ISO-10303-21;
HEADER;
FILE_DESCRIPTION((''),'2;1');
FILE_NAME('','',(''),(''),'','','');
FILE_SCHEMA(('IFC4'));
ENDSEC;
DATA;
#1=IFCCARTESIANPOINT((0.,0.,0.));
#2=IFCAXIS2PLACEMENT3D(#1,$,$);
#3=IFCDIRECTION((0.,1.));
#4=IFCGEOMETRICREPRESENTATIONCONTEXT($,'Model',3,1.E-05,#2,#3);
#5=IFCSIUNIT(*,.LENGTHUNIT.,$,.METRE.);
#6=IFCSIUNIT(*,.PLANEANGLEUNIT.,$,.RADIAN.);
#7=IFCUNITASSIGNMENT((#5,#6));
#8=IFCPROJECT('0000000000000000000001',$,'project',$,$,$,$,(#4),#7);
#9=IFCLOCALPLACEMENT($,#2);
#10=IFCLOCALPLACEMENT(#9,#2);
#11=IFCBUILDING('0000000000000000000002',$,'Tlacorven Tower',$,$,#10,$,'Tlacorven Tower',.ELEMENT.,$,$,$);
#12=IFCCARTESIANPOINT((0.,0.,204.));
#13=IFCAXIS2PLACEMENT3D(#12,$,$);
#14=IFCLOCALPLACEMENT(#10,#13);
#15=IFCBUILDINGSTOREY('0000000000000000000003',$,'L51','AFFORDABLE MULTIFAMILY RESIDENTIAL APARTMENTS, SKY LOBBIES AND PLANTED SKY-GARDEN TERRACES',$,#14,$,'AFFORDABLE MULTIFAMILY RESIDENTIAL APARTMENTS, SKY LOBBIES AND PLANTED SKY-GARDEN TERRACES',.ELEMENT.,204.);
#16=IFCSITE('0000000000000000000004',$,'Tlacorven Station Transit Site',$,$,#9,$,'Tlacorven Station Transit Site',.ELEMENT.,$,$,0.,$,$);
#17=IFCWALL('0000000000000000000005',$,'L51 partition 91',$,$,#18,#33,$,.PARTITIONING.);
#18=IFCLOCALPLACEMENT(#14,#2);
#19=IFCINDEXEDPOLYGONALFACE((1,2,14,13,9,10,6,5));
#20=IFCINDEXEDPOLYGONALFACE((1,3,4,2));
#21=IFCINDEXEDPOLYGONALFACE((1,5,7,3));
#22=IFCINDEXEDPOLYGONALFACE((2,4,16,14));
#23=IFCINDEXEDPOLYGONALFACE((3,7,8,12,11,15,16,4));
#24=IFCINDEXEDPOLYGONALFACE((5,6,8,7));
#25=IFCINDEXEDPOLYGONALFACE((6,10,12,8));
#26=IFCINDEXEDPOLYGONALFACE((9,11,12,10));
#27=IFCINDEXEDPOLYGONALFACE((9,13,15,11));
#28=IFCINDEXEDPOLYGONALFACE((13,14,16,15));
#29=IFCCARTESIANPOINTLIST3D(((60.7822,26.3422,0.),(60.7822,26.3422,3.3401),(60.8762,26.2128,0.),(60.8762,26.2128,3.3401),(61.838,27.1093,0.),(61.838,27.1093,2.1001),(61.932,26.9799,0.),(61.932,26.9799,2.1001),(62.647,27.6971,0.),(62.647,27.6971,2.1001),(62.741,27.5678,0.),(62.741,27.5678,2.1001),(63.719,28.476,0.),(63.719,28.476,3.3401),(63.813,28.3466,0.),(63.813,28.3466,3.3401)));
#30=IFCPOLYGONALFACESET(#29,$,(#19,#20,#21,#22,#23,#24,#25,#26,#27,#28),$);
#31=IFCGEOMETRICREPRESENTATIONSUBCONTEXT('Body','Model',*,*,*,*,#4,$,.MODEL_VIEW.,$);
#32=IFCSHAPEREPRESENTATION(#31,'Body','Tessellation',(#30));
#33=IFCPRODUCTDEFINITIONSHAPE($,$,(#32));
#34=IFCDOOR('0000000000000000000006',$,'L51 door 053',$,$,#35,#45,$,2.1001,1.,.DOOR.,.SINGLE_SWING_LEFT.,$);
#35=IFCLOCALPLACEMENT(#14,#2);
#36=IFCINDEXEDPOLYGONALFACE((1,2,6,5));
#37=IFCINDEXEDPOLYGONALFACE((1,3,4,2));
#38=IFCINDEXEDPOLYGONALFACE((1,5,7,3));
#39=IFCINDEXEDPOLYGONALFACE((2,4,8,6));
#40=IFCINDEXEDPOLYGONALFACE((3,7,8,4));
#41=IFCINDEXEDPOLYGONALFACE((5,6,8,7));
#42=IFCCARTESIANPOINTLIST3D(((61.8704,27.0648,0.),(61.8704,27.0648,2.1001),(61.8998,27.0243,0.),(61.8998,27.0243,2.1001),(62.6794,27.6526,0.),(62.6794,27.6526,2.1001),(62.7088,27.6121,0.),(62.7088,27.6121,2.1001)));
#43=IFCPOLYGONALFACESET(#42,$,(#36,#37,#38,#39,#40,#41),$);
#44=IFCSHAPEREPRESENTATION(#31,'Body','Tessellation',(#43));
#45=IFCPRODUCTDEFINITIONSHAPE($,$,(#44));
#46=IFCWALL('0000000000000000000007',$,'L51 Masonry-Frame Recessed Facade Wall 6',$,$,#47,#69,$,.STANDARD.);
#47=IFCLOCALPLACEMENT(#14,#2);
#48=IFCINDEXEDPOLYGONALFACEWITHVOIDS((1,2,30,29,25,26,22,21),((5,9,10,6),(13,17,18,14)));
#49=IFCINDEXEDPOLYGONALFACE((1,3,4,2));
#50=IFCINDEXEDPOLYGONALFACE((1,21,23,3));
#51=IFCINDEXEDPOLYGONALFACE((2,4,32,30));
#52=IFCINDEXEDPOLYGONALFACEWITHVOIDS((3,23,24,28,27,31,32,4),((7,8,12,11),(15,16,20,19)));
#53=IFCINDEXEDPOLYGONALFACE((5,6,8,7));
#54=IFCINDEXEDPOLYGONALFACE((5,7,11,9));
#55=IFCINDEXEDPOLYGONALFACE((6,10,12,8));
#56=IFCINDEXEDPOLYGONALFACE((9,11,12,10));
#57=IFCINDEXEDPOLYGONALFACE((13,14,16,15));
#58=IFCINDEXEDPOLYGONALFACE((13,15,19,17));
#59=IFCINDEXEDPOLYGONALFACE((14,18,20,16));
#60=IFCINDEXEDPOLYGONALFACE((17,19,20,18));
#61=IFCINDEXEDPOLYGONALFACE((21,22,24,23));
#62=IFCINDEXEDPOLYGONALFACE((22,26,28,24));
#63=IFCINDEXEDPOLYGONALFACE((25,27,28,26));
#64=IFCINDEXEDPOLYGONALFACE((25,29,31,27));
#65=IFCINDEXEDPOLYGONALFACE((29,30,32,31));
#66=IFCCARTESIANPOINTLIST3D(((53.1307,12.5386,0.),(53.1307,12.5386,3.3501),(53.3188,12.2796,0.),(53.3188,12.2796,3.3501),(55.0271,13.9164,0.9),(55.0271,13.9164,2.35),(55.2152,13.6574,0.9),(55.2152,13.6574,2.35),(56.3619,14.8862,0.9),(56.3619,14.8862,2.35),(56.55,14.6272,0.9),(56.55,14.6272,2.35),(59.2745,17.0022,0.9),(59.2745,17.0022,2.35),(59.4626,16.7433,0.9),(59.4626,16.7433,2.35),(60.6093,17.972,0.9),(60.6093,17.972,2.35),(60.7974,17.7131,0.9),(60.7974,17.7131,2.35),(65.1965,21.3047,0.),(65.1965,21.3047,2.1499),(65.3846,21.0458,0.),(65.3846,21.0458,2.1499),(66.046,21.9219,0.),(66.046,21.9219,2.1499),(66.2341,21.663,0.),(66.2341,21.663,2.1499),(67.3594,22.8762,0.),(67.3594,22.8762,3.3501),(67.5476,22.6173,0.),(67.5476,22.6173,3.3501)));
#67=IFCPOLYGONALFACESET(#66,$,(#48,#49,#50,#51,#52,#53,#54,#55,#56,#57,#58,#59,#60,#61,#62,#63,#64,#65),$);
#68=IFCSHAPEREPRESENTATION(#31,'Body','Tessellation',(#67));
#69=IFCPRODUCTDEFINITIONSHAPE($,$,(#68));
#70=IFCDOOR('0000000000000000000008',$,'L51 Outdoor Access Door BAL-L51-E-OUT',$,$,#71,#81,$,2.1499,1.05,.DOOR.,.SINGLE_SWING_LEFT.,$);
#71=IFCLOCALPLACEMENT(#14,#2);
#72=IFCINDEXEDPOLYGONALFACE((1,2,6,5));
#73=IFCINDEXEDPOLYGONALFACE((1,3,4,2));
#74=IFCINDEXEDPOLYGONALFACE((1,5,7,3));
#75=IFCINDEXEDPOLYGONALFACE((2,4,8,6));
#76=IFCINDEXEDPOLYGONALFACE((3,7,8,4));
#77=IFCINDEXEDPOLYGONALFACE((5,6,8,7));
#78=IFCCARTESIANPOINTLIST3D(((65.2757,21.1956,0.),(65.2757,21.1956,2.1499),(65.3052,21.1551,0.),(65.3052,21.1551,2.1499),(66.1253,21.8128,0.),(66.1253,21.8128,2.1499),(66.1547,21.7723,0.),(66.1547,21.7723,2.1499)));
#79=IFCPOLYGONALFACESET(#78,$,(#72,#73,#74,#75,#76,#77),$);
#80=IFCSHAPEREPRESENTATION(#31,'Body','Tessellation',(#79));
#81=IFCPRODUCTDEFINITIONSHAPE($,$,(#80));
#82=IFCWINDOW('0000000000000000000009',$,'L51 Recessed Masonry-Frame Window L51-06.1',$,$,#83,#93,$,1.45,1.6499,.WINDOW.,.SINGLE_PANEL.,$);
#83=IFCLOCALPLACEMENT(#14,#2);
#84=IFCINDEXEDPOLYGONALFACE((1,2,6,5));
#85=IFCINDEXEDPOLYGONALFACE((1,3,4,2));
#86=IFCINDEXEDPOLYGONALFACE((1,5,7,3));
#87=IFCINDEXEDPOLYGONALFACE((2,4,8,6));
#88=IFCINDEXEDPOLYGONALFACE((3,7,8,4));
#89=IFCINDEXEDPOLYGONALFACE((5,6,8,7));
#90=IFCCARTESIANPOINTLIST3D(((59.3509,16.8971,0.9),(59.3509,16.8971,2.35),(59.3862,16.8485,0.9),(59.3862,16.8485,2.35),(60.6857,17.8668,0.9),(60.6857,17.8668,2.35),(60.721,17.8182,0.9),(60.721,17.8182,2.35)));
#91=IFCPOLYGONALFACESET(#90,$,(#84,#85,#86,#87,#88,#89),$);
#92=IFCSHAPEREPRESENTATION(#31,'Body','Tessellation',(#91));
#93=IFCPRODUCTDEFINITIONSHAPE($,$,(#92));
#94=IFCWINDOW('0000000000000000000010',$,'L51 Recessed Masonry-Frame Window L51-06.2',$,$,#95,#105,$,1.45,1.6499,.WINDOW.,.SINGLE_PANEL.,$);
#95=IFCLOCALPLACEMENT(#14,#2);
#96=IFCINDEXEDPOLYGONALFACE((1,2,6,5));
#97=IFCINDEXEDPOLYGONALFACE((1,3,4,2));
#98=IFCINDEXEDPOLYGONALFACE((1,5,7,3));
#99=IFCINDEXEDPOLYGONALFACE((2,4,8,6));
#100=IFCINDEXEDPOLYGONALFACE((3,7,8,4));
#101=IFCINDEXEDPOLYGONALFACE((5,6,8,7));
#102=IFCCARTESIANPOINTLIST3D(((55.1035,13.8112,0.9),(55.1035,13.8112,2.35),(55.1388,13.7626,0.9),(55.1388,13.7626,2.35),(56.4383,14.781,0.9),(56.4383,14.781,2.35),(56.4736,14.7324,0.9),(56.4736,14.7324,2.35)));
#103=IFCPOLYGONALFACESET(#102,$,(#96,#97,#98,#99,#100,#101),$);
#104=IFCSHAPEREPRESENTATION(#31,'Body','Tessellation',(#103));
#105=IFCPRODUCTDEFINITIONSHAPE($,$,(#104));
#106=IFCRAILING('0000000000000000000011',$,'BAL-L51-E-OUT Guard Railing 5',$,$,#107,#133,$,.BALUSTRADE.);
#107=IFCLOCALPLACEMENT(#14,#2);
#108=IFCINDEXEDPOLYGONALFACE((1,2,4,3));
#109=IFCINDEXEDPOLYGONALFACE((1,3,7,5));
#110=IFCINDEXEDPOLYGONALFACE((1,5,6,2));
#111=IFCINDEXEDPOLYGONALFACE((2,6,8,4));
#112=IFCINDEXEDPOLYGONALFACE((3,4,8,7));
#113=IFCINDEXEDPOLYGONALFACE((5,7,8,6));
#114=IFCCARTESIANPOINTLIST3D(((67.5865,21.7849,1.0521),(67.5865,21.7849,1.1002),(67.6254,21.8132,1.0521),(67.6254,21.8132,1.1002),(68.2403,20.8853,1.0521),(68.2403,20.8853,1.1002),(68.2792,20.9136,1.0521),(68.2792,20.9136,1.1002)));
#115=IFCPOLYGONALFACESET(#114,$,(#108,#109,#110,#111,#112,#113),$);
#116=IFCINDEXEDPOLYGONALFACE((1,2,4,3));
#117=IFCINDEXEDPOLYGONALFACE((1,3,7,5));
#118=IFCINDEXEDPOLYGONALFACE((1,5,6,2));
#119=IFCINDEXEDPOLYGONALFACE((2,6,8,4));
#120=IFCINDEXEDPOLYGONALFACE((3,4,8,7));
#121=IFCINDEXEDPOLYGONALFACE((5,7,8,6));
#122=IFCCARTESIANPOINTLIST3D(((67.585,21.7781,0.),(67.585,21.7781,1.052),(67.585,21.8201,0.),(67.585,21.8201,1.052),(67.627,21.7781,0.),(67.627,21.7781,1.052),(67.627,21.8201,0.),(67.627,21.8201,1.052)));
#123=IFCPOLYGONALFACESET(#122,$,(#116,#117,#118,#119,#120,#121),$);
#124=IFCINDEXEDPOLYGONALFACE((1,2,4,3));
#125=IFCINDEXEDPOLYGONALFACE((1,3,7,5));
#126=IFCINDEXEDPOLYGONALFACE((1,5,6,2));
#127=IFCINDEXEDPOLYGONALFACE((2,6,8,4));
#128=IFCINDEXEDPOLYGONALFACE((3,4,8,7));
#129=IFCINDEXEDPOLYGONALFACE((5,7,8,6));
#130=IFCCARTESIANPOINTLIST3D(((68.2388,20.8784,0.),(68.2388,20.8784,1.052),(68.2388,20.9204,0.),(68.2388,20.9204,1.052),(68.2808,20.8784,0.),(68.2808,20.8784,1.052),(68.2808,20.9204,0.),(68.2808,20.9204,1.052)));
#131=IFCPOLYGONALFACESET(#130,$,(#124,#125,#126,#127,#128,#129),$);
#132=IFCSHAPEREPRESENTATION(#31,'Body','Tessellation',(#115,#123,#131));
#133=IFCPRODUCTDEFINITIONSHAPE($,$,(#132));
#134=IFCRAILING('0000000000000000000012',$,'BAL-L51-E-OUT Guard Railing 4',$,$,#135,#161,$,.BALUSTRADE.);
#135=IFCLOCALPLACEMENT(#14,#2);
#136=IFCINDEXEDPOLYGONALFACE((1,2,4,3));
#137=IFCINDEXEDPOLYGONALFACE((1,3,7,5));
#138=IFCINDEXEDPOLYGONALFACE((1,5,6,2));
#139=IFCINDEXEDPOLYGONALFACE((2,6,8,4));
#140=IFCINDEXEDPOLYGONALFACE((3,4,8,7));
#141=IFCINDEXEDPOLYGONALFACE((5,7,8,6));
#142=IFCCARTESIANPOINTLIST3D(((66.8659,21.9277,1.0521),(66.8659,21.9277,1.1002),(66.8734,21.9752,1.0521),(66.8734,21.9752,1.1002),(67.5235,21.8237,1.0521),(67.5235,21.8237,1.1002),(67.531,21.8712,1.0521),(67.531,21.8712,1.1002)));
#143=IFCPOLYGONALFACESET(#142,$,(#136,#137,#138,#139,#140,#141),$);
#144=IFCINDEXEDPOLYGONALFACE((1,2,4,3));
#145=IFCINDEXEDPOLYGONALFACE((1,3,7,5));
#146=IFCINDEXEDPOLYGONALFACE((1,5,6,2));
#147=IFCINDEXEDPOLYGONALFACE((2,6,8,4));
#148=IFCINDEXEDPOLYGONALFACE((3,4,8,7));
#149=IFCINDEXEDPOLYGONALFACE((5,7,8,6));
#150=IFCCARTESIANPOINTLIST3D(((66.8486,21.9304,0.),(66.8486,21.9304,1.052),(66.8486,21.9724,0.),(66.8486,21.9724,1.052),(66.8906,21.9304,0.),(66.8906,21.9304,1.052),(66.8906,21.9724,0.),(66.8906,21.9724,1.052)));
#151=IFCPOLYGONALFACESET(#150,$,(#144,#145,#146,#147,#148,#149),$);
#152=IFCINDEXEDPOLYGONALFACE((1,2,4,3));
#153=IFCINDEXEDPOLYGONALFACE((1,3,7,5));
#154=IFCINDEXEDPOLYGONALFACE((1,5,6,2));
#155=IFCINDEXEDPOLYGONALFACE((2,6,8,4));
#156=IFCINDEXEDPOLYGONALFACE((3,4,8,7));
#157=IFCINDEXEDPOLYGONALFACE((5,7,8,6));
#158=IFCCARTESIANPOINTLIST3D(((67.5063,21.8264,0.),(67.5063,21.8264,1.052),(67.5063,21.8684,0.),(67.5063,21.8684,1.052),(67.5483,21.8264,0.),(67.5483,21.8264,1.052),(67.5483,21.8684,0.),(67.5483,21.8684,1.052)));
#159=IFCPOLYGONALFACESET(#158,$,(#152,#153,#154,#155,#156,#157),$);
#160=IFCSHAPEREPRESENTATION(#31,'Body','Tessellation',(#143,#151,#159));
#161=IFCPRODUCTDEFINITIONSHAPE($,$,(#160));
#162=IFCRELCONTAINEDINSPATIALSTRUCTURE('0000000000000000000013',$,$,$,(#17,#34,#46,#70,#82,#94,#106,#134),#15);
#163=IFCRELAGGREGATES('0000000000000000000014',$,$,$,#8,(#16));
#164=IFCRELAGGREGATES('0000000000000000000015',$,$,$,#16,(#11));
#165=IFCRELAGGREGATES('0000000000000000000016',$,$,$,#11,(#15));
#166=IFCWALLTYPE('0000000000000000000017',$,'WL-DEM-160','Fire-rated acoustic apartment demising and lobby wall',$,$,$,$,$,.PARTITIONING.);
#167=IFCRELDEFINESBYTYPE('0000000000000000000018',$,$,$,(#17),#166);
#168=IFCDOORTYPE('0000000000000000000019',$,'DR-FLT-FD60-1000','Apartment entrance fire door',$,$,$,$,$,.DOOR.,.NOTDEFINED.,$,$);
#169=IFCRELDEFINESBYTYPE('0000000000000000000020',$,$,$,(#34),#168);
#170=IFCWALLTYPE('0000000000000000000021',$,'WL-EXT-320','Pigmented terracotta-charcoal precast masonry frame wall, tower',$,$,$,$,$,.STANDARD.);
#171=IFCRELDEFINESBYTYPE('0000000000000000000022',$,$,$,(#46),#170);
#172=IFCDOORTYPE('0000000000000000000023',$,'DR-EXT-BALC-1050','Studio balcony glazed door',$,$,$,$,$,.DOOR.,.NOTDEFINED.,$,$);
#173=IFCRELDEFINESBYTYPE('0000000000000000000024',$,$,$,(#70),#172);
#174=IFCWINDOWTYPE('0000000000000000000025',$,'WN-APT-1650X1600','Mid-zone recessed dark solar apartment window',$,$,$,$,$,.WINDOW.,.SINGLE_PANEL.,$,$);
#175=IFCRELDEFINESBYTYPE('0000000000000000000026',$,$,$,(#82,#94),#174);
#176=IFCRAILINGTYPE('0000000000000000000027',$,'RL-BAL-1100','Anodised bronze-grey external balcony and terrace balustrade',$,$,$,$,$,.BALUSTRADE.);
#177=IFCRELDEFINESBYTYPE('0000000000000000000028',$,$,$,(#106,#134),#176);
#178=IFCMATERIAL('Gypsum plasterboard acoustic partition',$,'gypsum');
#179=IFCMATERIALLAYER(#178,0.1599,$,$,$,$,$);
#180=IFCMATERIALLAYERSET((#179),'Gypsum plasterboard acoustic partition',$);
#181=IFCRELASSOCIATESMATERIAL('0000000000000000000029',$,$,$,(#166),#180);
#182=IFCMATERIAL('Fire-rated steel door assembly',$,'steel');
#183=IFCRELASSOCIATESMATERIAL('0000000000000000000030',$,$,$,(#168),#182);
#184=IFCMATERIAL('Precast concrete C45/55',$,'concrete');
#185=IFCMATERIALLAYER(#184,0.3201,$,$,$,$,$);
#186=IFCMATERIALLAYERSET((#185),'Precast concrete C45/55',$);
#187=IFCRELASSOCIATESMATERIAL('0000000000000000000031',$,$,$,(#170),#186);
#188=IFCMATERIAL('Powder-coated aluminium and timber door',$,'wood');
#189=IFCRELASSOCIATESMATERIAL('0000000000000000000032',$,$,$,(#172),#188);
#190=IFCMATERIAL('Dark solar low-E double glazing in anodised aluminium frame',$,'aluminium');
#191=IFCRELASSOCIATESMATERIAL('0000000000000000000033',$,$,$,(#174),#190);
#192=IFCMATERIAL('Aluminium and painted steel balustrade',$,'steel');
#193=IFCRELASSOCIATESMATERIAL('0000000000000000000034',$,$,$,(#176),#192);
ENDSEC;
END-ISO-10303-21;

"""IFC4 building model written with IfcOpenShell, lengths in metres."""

from ifc_helpers import new_model, si_unit, direction, frame, frame_2d, origin, origin_2d, place, context, subcontext, project, spatial, rectangle, extrude, source, transform, mapped, material, layer, layer_set, type_object, element, fill, save


model = new_model("IFC4")

# Units and contexts
model_context = context("Model", 3, precision=1e-05, world=origin(), true_north=direction((0.0, 1.0)))
body_context = subcontext(model_context, "Body", "Model", "MODEL_VIEW")
ifc_project = project(units=[si_unit("LENGTHUNIT", "METRE"), si_unit("PLANEANGLEUNIT", "RADIAN")], contexts=[model_context])

# Site, building, storey
site_placement = place(None, origin())
site = spatial("IfcSite", under=ifc_project, at=site_placement, Name="Tlacorven Station Transit Site", LongName="Tlacorven Station Transit Site", CompositionType="ELEMENT", RefElevation=0.0)
building_placement = place(site_placement, origin())
building = spatial("IfcBuilding", under=site, at=building_placement, Name="Tlacorven Tower", LongName="Tlacorven Tower", CompositionType="ELEMENT")
storey_placement = place(building_placement, frame((0.0, 0.0, 204.0)))
storey = spatial("IfcBuildingStorey", under=building, at=storey_placement, Name="L51", Description="AFFORDABLE MULTIFAMILY RESIDENTIAL APARTMENTS, SKY LOBBIES AND PLANTED SKY-GARDEN TERRACES", LongName="AFFORDABLE MULTIFAMILY RESIDENTIAL APARTMENTS, SKY LOBBIES AND PLANTED SKY-GARDEN TERRACES", CompositionType="ELEMENT", Elevation=204.0)

# Shared definitions
ifc_material_1 = material(Name="Gypsum plasterboard acoustic partition", Category="gypsum")
ifc_layer_1 = layer(ifc_material_1, 0.1599)
ifc_layer_set_1 = layer_set([ifc_layer_1], Name="Gypsum plasterboard acoustic partition")
wall_type_1 = type_object("IfcWallType", Name="WL-DEM-160", Description="Fire-rated acoustic apartment demising and lobby wall", PredefinedType="PARTITIONING", material=ifc_layer_set_1)
ifc_material_2 = material(Name="Fire-rated steel door assembly", Category="steel")
door_type_1 = type_object("IfcDoorType", Name="DR-FLT-FD60-1000", Description="Apartment entrance fire door", OperationType="NOTDEFINED", PredefinedType="DOOR", material=ifc_material_2)
shared_shape_1 = source(origin(), body_context, "Body", "SweptSolid", [
    extrude(rectangle(XDim=1.0, YDim=2.1001, at=frame_2d((0.5, 1.05))), frame((0.0, 0.0249, 0.0), z_axis=(0.0, -1.0, 0.0), x_axis=(1.0, 0.0, 0.0)), (0.0, 0.0, 1.0), 0.05),
])

# Wall, opening, door
wall_1_placement = place(storey_placement, frame((60.8293, 26.2776, 0.0), z_axis=(0.0, 0.0, 1.0), x_axis=(0.809004, 0.587804, 0.0)))
wall_1 = element("IfcWall", 1, at=wall_1_placement, inside=storey, type_object=wall_type_1, Name="L51 partition 91", PredefinedType="PARTITIONING", context=body_context, shape_type="SweptSolid", body=[
    extrude(rectangle(XDim=3.6301, YDim=0.1599, at=frame_2d((1.8149, 0.0))), origin(), (0.0, 0.0, 1.0), 3.3401),
])
opening_1_placement = place(wall_1_placement, frame((1.3049, 0.0, 0.0)))
opening_1 = element("IfcOpeningElement", 2, at=opening_1_placement, cuts=wall_1, PredefinedType="OPENING", context=body_context, shape_type="SweptSolid", body=[
    extrude(rectangle(XDim=1.0, YDim=2.1001, at=frame_2d((0.5, 1.05))), frame((0.0, 0.0898, 0.0), z_axis=(0.0, -1.0, 0.0), x_axis=(1.0, 0.0, 0.0)), (0.0, 0.0, 1.0), 0.1799),
])
door_1_placement = place(opening_1_placement, origin())
door_1 = element("IfcDoor", 3, at=door_1_placement, inside=storey, type_object=door_type_1, Name="L51 door 053", OperationType="SINGLE_SWING_LEFT", OverallHeight=2.1001, OverallWidth=1.0, PredefinedType="DOOR", context=body_context, shape_type="MappedRepresentation", body=[
    mapped(shared_shape_1, transform((0.0, 0.0, 0.0), scale=1.0)),
])
fill(opening_1, door_1)

# Wall, openings, door, windows
ifc_material_3 = material(Name="Precast concrete C45/55", Category="concrete")
ifc_layer_2 = layer(ifc_material_3, 0.3201)
ifc_layer_set_2 = layer_set([ifc_layer_2], Name="Precast concrete C45/55")
wall_type_2 = type_object("IfcWallType", Name="WL-EXT-320", Description="Pigmented terracotta-charcoal precast masonry frame wall, tower", PredefinedType="STANDARD", material=ifc_layer_set_2)
wall_2_placement = place(storey_placement, frame((67.4536, 22.7468, 0.0), z_axis=(0.0, 0.0, 1.0), x_axis=(-0.809021, -0.58778, 0.0)))
wall_2 = element("IfcWall", 4, at=wall_2_placement, inside=storey, type_object=wall_type_2, Name="L51 Masonry-Frame Recessed Facade Wall 6", PredefinedType="STANDARD", context=body_context, shape_type="SweptSolid", body=[
    extrude(rectangle(XDim=17.5876, YDim=0.3201, at=frame_2d((8.7939, 0.0))), origin(), (0.0, 0.0, 1.0), 3.3501),
])
opening_2_placement = place(wall_2_placement, frame((1.6238, 0.0, 0.0)))
opening_2 = element("IfcOpeningElement", 5, at=opening_2_placement, cuts=wall_2, PredefinedType="OPENING", context=body_context, shape_type="SweptSolid", body=[
    extrude(rectangle(XDim=1.05, YDim=2.1499, at=frame_2d((0.5249, 1.075))), frame((0.0, 0.1699, 0.0), z_axis=(0.0, -1.0, 0.0), x_axis=(1.0, 0.0, 0.0)), (0.0, 0.0, 1.0), 0.3401),
])
opening_3_placement = place(wall_2_placement, frame((8.3438, 0.0, 0.8999)))
opening_3 = element("IfcOpeningElement", 6, at=opening_3_placement, cuts=wall_2, PredefinedType="OPENING", context=body_context, shape_type="SweptSolid", body=[
    extrude(rectangle(XDim=1.6499, YDim=1.45, at=frame_2d((0.825, 0.7251))), frame((0.0, 0.1699, 0.0), z_axis=(0.0, -1.0, 0.0), x_axis=(1.0, 0.0, 0.0)), (0.0, 0.0, 1.0), 0.3401),
])
opening_4_placement = place(wall_2_placement, frame((13.5938, 0.0, 0.8999)))
opening_4 = element("IfcOpeningElement", 7, at=opening_4_placement, cuts=wall_2, PredefinedType="OPENING", context=body_context, shape_type="SweptSolid", body=[
    extrude(rectangle(XDim=1.6499, YDim=1.45, at=frame_2d((0.825, 0.7251))), frame((0.0, 0.1699, 0.0), z_axis=(0.0, -1.0, 0.0), x_axis=(1.0, 0.0, 0.0)), (0.0, 0.0, 1.0), 0.3401),
])
ifc_material_4 = material(Name="Powder-coated aluminium and timber door", Category="wood")
door_type_2 = type_object("IfcDoorType", Name="DR-EXT-BALC-1050", Description="Studio balcony glazed door", OperationType="NOTDEFINED", PredefinedType="DOOR", material=ifc_material_4)
shared_shape_2 = source(origin(), body_context, "Body", "SweptSolid", [
    extrude(rectangle(XDim=1.05, YDim=2.1499, at=frame_2d((0.5249, 1.075))), frame((0.0, 0.0249, 0.0), z_axis=(0.0, -1.0, 0.0), x_axis=(1.0, 0.0, 0.0)), (0.0, 0.0, 1.0), 0.05),
])
door_2_placement = place(opening_2_placement, origin())
door_2 = element("IfcDoor", 8, at=door_2_placement, inside=storey, type_object=door_type_2, Name="L51 Outdoor Access Door BAL-L51-E-OUT", OperationType="SINGLE_SWING_LEFT", OverallHeight=2.1499, OverallWidth=1.05, PredefinedType="DOOR", context=body_context, shape_type="MappedRepresentation", body=[
    mapped(shared_shape_2, transform((0.0, 0.0, 0.0), scale=1.0)),
])
fill(opening_2, door_2)
ifc_material_5 = material(Name="Dark solar low-E double glazing in anodised aluminium frame", Category="aluminium")
window_type = type_object("IfcWindowType", Name="WN-APT-1650X1600", Description="Mid-zone recessed dark solar apartment window", PartitioningType="SINGLE_PANEL", PredefinedType="WINDOW", material=ifc_material_5)
shared_shape_3 = source(origin(), body_context, "Body", "SweptSolid", [
    extrude(rectangle(XDim=1.6499, YDim=1.45, at=frame_2d((0.825, 0.7251))), frame((0.0, 0.03, 0.0), z_axis=(0.0, -1.0, 0.0), x_axis=(1.0, 0.0, 0.0)), (0.0, 0.0, 1.0), 0.0601),
])
window_1_placement = place(opening_3_placement, origin())
window_1 = element("IfcWindow", 9, at=window_1_placement, inside=storey, type_object=window_type, Name="L51 Recessed Masonry-Frame Window L51-06.1", OverallHeight=1.45, OverallWidth=1.6499, PartitioningType="SINGLE_PANEL", PredefinedType="WINDOW", context=body_context, shape_type="MappedRepresentation", body=[
    mapped(shared_shape_3, transform((0.0, 0.0, 0.0), scale=1.0)),
])
fill(opening_3, window_1)
window_2_placement = place(opening_4_placement, origin())
window_2 = element("IfcWindow", 10, at=window_2_placement, inside=storey, type_object=window_type, Name="L51 Recessed Masonry-Frame Window L51-06.2", OverallHeight=1.45, OverallWidth=1.6499, PartitioningType="SINGLE_PANEL", PredefinedType="WINDOW", context=body_context, shape_type="MappedRepresentation", body=[
    mapped(shared_shape_3, transform((0.0, 0.0, 0.0), scale=1.0)),
])
fill(opening_4, window_2)

# Railings
ifc_material_6 = material(Name="Aluminium and painted steel balustrade", Category="steel")
railing_type = type_object("IfcRailingType", Name="RL-BAL-1100", Description="Anodised bronze-grey external balcony and terrace balustrade", PredefinedType="BALUSTRADE", material=ifc_material_6)
shared_shape_4 = source(origin(), body_context, "Body", "SweptSolid", [
    extrude(rectangle(XDim=0.0481, YDim=0.0481, at=origin_2d()), frame((0.0, 0.0, 1.0762), z_axis=(0.587884, -0.808945, 0.0), x_axis=(0.808945, 0.587884, 0.0)), (0.0, 0.0, 1.0), 1.1121),
    extrude(rectangle(XDim=0.042, YDim=0.042, at=origin_2d()), origin(), (0.0, 0.0, 1.0), 1.052),
    extrude(rectangle(XDim=0.042, YDim=0.042, at=origin_2d()), frame((0.6538, -0.8997, 0.0)), (0.0, 0.0, 1.0), 1.052),
])
railing_1_placement = place(storey_placement, frame((67.606, 21.7991, 0.0)))
element("IfcRailing", 11, at=railing_1_placement, inside=storey, type_object=railing_type, Name="BAL-L51-E-OUT Guard Railing 5", PredefinedType="BALUSTRADE", context=body_context, shape_type="MappedRepresentation", body=[
    mapped(shared_shape_4, transform((0.0, 0.0, 0.0), scale=1.0)),
])
shared_shape_5 = source(origin(), body_context, "Body", "SweptSolid", [
    extrude(rectangle(XDim=0.0481, YDim=0.0481, at=origin_2d()), frame((0.0, 0.0, 1.0762), z_axis=(0.987727, -0.156188, 0.0), x_axis=(0.156188, 0.987727, 0.0)), (0.0, 0.0, 1.0), 0.6658),
    extrude(rectangle(XDim=0.042, YDim=0.042, at=origin_2d()), origin(), (0.0, 0.0, 1.0), 1.052),
    extrude(rectangle(XDim=0.042, YDim=0.042, at=origin_2d()), frame((0.6577, -0.104, 0.0)), (0.0, 0.0, 1.0), 1.052),
])
railing_2_placement = place(storey_placement, frame((66.8696, 21.9514, 0.0)))
element("IfcRailing", 12, at=railing_2_placement, inside=storey, type_object=railing_type, Name="BAL-L51-E-OUT Guard Railing 4", PredefinedType="BALUSTRADE", context=body_context, shape_type="MappedRepresentation", body=[
    mapped(shared_shape_5, transform((0.0, 0.0, 0.0), scale=1.0)),
])

save(model, "model.ifc")
